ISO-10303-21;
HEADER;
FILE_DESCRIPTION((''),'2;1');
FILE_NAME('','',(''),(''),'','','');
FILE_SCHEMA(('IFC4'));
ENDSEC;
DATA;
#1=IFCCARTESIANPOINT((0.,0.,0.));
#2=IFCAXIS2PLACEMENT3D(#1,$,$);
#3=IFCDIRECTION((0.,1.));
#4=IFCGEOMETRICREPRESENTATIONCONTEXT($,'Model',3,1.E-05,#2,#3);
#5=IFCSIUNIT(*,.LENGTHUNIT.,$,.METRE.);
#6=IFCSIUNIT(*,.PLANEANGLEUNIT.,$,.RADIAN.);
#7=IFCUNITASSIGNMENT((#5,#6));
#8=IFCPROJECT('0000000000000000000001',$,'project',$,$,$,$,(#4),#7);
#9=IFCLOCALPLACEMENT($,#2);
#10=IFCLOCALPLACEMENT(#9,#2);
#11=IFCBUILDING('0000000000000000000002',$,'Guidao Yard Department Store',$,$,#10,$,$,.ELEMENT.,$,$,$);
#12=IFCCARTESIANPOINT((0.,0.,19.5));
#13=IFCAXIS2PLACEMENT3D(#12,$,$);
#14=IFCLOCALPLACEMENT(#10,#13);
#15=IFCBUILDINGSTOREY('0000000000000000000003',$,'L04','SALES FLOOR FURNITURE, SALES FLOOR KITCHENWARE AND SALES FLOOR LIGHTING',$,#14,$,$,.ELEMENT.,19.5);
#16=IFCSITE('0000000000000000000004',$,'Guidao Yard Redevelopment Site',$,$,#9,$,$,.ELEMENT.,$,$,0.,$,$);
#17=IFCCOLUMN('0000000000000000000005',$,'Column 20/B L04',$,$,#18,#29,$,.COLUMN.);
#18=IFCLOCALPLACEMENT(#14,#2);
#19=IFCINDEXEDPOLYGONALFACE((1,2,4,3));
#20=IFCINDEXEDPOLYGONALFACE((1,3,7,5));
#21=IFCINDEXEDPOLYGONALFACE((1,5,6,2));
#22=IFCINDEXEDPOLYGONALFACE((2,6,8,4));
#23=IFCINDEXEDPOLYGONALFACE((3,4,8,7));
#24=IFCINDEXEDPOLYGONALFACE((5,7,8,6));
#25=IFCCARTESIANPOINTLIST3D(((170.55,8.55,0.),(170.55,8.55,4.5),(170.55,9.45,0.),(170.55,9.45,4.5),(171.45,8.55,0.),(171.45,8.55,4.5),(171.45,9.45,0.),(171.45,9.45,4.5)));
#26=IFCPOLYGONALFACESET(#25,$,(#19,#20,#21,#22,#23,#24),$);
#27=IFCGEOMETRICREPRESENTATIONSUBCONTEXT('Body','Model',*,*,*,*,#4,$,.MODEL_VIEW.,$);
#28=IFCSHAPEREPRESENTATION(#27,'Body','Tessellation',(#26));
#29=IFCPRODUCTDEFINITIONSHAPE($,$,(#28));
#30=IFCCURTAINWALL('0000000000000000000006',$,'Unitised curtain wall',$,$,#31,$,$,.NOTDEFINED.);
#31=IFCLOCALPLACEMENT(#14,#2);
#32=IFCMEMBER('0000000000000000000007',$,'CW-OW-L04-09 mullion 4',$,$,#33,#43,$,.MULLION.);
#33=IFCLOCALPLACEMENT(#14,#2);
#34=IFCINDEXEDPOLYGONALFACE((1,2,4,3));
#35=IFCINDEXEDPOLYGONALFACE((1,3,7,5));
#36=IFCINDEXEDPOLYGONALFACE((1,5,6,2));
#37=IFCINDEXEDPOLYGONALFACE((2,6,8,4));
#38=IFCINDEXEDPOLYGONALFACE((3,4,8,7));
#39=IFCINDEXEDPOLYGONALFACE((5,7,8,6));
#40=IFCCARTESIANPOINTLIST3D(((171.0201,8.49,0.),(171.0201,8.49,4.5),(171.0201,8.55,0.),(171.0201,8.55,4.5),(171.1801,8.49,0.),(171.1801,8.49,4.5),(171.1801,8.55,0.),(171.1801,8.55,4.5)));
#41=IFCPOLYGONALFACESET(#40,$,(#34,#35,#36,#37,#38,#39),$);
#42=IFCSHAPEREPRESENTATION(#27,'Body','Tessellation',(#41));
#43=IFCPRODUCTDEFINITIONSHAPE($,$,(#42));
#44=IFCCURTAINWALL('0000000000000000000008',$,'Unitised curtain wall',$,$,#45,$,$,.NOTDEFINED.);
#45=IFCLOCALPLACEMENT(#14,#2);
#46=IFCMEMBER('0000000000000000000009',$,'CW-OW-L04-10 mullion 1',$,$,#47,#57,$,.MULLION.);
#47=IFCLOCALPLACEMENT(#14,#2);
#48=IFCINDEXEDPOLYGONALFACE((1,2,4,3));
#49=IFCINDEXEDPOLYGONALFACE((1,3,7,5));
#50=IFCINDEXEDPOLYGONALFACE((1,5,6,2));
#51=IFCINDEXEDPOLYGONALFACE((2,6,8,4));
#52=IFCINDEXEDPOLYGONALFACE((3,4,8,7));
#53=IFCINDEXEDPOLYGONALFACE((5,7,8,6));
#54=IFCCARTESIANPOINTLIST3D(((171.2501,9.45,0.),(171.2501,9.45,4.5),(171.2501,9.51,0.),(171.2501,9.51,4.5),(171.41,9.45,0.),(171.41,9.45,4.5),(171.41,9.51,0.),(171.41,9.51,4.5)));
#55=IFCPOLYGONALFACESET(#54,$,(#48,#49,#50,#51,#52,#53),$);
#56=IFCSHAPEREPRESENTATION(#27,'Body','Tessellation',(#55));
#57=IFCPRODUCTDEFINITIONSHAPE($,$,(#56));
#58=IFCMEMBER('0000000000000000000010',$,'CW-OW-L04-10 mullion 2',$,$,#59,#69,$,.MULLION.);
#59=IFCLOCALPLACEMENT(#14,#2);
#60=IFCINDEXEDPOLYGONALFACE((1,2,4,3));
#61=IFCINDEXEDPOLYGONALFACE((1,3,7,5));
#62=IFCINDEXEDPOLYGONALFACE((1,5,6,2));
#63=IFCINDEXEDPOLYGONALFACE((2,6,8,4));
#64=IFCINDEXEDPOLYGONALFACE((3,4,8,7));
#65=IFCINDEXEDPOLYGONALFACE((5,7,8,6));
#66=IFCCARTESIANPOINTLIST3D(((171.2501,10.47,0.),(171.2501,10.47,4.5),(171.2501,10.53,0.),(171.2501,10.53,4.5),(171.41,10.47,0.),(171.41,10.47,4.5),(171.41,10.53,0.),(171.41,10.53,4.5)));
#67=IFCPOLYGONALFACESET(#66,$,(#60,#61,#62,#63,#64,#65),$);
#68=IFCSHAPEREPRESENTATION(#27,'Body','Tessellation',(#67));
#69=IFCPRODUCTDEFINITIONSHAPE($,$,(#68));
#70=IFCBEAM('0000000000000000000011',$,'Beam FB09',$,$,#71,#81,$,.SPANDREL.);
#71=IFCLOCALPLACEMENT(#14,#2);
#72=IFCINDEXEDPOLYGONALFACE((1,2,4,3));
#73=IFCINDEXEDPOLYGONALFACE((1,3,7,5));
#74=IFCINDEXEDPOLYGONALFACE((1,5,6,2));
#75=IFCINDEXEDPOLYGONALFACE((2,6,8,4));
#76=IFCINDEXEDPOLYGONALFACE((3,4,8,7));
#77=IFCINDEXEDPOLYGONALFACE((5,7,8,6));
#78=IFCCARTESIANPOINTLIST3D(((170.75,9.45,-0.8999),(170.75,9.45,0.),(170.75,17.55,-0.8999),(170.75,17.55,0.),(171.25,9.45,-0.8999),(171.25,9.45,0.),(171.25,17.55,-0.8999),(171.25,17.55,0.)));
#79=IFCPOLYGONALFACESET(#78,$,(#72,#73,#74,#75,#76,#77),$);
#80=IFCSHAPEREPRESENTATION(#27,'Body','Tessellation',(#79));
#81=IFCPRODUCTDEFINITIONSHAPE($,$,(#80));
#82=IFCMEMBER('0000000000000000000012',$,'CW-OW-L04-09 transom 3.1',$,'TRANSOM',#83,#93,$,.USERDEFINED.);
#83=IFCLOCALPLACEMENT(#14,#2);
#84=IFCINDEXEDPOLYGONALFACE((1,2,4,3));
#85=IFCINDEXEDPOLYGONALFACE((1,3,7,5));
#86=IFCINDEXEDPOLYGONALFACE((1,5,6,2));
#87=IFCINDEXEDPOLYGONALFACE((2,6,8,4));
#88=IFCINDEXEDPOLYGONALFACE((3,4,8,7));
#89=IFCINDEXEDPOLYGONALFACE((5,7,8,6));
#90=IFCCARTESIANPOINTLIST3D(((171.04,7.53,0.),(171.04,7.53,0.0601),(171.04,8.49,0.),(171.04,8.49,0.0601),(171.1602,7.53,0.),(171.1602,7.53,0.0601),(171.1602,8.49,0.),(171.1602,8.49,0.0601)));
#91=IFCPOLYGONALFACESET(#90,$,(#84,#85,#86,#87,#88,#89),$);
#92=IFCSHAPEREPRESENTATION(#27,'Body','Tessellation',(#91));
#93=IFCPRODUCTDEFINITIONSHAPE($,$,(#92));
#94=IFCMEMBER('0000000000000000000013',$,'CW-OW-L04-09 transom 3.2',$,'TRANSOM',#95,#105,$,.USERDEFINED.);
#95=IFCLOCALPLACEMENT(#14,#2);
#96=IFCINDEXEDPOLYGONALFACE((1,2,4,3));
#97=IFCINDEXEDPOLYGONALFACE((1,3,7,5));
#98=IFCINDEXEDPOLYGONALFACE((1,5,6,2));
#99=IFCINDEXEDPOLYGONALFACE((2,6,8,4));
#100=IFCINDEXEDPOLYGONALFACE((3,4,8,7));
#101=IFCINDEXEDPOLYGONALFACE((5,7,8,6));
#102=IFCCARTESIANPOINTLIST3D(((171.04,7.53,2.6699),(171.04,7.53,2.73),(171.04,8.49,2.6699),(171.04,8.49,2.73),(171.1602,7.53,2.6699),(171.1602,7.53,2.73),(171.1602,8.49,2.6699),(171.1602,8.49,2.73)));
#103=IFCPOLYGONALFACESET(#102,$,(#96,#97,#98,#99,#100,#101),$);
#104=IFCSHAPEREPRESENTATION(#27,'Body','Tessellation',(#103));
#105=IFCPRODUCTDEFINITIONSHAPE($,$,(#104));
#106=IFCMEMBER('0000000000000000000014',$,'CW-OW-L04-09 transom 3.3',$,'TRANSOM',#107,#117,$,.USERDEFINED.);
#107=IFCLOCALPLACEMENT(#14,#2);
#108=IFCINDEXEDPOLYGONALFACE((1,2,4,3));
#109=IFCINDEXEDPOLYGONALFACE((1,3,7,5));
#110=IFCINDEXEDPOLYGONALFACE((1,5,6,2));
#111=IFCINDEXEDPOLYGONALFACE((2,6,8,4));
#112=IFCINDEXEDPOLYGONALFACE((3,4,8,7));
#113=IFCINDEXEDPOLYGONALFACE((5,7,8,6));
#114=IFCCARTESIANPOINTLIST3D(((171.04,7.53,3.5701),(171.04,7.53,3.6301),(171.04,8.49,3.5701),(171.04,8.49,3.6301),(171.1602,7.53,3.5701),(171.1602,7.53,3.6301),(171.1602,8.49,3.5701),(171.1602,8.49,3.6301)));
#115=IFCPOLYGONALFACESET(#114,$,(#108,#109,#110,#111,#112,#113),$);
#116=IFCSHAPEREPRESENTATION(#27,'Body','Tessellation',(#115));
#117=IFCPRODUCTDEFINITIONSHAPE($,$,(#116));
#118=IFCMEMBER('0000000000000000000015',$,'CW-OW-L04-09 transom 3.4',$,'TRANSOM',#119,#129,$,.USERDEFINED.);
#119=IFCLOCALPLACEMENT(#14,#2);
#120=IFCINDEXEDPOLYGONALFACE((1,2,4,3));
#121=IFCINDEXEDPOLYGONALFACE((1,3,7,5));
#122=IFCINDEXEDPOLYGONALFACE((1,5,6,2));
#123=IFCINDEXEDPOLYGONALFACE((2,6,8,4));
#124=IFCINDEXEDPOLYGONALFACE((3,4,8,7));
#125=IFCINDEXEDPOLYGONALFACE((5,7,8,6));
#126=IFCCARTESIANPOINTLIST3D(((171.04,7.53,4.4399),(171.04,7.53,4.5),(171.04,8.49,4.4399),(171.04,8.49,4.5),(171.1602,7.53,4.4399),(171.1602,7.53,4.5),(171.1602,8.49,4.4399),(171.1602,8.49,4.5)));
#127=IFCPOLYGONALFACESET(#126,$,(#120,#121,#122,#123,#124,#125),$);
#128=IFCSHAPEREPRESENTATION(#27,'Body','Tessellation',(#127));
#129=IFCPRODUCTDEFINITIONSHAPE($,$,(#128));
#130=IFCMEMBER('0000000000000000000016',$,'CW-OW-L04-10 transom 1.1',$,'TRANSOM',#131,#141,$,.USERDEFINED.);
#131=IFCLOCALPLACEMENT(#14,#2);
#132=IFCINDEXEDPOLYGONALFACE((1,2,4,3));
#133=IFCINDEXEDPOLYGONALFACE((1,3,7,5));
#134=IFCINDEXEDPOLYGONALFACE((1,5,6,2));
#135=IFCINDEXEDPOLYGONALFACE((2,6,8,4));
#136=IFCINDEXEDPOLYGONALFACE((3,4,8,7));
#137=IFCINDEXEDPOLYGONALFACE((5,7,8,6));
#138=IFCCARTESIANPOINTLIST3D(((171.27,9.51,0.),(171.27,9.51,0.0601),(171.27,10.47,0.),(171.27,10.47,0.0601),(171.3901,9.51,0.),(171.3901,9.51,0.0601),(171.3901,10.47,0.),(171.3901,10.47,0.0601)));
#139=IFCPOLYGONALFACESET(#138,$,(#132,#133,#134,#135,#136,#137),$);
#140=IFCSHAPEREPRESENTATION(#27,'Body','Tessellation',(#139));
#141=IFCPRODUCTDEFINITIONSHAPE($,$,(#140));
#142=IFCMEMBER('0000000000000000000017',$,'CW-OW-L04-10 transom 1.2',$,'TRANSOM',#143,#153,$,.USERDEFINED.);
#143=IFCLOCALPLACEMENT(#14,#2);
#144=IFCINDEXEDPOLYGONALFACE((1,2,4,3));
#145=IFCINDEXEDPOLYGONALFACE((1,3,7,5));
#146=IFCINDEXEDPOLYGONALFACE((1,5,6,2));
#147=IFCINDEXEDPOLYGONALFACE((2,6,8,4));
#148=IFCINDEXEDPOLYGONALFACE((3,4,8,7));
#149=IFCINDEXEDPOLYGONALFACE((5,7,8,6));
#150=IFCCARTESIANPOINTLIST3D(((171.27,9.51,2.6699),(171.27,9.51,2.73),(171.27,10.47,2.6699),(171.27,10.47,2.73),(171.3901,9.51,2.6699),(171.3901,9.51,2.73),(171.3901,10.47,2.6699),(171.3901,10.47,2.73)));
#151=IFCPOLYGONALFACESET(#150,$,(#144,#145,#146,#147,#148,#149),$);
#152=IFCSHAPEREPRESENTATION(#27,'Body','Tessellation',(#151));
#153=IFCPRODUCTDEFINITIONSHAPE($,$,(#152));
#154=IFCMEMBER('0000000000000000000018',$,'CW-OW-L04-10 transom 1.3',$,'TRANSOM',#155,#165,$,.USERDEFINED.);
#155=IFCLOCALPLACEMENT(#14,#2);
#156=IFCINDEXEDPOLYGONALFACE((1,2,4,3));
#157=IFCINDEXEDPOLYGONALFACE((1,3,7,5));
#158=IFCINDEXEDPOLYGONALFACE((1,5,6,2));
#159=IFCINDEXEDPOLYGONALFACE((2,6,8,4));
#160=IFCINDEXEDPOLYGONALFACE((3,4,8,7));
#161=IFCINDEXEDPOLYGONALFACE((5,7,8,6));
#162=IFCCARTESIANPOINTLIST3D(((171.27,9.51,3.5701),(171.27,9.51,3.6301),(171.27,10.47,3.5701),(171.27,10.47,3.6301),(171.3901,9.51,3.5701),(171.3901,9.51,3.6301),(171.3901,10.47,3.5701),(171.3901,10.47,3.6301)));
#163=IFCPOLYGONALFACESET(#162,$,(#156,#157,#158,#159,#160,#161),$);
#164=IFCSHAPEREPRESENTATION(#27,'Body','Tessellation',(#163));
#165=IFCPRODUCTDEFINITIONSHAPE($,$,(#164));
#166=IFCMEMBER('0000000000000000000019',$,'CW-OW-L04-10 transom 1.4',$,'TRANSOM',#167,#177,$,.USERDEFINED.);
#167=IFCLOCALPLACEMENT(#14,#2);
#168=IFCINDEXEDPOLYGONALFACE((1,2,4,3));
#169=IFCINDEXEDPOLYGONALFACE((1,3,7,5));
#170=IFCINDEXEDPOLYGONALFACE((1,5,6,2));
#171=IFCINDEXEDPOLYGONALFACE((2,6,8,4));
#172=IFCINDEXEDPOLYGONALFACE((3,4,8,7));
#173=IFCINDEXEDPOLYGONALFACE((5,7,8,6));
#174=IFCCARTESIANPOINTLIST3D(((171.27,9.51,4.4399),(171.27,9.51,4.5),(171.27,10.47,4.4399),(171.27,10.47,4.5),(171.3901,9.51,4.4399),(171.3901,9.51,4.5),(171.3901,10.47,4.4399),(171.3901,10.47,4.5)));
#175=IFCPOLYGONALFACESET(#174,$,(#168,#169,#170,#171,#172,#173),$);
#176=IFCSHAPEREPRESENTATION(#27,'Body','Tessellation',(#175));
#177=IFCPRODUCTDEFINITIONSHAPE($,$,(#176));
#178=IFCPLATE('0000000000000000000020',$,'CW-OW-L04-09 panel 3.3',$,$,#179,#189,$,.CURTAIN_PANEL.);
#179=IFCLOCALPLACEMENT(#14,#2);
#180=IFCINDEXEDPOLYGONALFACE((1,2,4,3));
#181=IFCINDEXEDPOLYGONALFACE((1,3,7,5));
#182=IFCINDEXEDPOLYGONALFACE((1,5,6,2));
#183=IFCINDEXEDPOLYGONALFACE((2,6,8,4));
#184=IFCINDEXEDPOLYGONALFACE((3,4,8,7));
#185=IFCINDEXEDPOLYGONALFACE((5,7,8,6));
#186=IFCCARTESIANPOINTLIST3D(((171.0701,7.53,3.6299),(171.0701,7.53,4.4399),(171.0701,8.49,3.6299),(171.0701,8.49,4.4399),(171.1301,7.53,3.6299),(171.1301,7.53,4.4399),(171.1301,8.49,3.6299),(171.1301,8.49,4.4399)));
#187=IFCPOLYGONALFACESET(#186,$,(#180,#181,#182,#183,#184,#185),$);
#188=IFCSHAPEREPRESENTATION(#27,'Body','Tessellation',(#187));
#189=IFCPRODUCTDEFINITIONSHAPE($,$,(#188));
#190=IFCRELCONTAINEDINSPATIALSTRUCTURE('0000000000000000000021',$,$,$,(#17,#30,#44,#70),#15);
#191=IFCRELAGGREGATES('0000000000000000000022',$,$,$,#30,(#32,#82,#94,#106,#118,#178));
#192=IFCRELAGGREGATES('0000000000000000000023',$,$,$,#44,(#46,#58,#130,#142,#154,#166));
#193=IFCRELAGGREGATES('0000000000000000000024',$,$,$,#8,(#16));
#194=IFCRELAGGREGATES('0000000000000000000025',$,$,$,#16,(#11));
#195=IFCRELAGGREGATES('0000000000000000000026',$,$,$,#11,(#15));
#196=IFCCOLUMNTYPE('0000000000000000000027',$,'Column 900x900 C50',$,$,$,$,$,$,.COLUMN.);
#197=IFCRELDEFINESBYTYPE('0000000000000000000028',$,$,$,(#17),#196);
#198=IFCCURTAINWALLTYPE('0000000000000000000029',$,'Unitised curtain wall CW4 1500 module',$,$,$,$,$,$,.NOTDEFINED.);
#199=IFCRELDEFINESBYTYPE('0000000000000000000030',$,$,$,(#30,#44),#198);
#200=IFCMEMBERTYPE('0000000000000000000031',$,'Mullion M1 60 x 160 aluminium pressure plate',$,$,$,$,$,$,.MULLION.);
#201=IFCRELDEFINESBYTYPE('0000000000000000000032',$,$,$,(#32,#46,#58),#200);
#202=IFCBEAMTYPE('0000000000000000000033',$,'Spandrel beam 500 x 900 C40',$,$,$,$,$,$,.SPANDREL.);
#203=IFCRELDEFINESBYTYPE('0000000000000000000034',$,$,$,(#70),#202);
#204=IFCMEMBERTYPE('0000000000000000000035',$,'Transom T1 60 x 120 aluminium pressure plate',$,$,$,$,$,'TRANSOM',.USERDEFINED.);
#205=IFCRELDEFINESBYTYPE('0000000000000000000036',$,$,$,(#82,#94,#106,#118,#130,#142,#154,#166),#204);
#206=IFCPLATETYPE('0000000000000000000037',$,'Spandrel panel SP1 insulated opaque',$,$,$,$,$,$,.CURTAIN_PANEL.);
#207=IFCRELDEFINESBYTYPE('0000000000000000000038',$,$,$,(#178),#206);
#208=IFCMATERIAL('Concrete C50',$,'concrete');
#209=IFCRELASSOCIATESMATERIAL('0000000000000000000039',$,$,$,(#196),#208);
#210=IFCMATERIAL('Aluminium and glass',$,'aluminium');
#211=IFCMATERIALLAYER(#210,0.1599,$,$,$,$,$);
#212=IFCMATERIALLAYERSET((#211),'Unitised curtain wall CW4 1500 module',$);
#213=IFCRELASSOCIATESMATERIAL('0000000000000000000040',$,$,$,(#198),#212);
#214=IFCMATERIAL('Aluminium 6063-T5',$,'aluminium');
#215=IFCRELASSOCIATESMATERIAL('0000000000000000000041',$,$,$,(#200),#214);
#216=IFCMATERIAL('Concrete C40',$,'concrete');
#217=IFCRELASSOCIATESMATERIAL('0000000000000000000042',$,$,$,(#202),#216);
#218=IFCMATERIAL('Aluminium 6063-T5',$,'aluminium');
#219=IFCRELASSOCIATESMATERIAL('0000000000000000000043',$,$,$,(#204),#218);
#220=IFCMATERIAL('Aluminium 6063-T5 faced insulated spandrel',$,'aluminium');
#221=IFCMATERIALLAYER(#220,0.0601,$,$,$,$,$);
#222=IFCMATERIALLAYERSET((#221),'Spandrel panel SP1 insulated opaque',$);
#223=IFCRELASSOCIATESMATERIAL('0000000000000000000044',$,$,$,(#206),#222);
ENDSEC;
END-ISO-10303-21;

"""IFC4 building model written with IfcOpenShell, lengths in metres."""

from ifc_helpers import new_model, si_unit, direction, frame, origin, origin_2d, place, context, subcontext, project, spatial, rectangle, extrude, material, layer, layer_set, material_profile, profile_set, type_object, element, aggregate, save


model = new_model("IFC4")

# Units and contexts
model_context = context("Model", 3, precision=1e-05, world=origin(), true_north=direction((0.0, 1.0)))
body_context = subcontext(model_context, "Body", "Model", "MODEL_VIEW")
ifc_project = project(units=[si_unit("LENGTHUNIT", "METRE"), si_unit("PLANEANGLEUNIT", "RADIAN")], contexts=[model_context])

# Site, building, storey
site_placement = place(None, origin())
site = spatial("IfcSite", under=ifc_project, at=site_placement, Name="Guidao Yard Redevelopment Site", CompositionType="ELEMENT", RefElevation=0.0)
building_placement = place(site_placement, origin())
building = spatial("IfcBuilding", under=site, at=building_placement, Name="Guidao Yard Department Store", CompositionType="ELEMENT")
storey_placement = place(building_placement, frame((0.0, 0.0, 19.5)))
storey = spatial("IfcBuildingStorey", under=building, at=storey_placement, Name="L04", Description="SALES FLOOR FURNITURE, SALES FLOOR KITCHENWARE AND SALES FLOOR LIGHTING", CompositionType="ELEMENT", Elevation=19.5)

# Column
ifc_material_1 = material(Name="Concrete C50", Category="concrete")
ifc_material_profile_1 = material_profile(ifc_material_1, rectangle(XDim=0.8999, YDim=0.8999, at=origin_2d()), Name="COL 900x900")
ifc_profile_set_1 = profile_set([ifc_material_profile_1], Name="Concrete C50")
column_type = type_object("IfcColumnType", Name="Column 900x900 C50", PredefinedType="COLUMN", material=ifc_profile_set_1)
column_placement = place(storey_placement, frame((171.0, 9.0, 0.0), z_axis=(0.0, 0.0, 1.0), x_axis=(1.0, 0.0, 0.0)))
element("IfcColumn", 1, at=column_placement, inside=storey, type_object=column_type, Name="Column 20/B L04", PredefinedType="COLUMN", context=body_context, shape_type="SweptSolid", body=[
    extrude(rectangle(XDim=0.8999, YDim=0.8999, at=origin_2d()), origin(), (0.0, 0.0, 1.0), 4.5),
])

# Curtain wall, member
ifc_material_2 = material(Name="Aluminium and glass", Category="aluminium")
ifc_layer_1 = layer(ifc_material_2, 0.1599)
ifc_layer_set_1 = layer_set([ifc_layer_1], Name="Unitised curtain wall CW4 1500 module")
curtain_wall_type = type_object("IfcCurtainWallType", Name="Unitised curtain wall CW4 1500 module", PredefinedType="NOTDEFINED", material=ifc_layer_set_1)
curtain_wall_1_placement = place(storey_placement, origin())
curtain_wall_1 = element("IfcCurtainWall", 2, at=curtain_wall_1_placement, inside=storey, type_object=curtain_wall_type, Name="Unitised curtain wall", PredefinedType="NOTDEFINED")
ifc_material_3 = material(Name="Aluminium 6063-T5", Category="aluminium")
ifc_material_profile_2 = material_profile(ifc_material_3, rectangle(XDim=0.0601, YDim=0.1599, at=origin_2d()), Name="Mullion M1 60 x 160 aluminium pressure plate")
ifc_profile_set_2 = profile_set([ifc_material_profile_2], Name="Aluminium 6063-T5")
member_type_1 = type_object("IfcMemberType", Name="Mullion M1 60 x 160 aluminium pressure plate", PredefinedType="MULLION", material=ifc_profile_set_2)
member_1_placement = place(storey_placement, frame((171.1001, 8.52, 0.0), z_axis=(0.0, 0.0, 1.0), x_axis=(0.0, -1.0, 0.0)))
member_1 = element("IfcMember", 3, at=member_1_placement, type_object=member_type_1, Name="CW-OW-L04-09 mullion 4", PredefinedType="MULLION", context=body_context, shape_type="SweptSolid", body=[
    extrude(rectangle(XDim=0.0601, YDim=0.1599, at=origin_2d()), origin(), (0.0, 0.0, 1.0), 4.5),
])

# Curtain wall, members
curtain_wall_2_placement = place(storey_placement, origin())
curtain_wall_2 = element("IfcCurtainWall", 4, at=curtain_wall_2_placement, inside=storey, type_object=curtain_wall_type, Name="Unitised curtain wall", PredefinedType="NOTDEFINED")
member_2_placement = place(storey_placement, frame((171.3301, 9.48, 0.0), z_axis=(0.0, 0.0, 1.0), x_axis=(0.0, -1.0, 0.0)))
member_2 = element("IfcMember", 5, at=member_2_placement, type_object=member_type_1, Name="CW-OW-L04-10 mullion 1", PredefinedType="MULLION", context=body_context, shape_type="SweptSolid", body=[
    extrude(rectangle(XDim=0.0601, YDim=0.1599, at=origin_2d()), origin(), (0.0, 0.0, 1.0), 4.5),
])
member_3_placement = place(storey_placement, frame((171.3301, 10.5, 0.0), z_axis=(0.0, 0.0, 1.0), x_axis=(0.0, -1.0, 0.0)))
member_3 = element("IfcMember", 6, at=member_3_placement, type_object=member_type_1, Name="CW-OW-L04-10 mullion 2", PredefinedType="MULLION", context=body_context, shape_type="SweptSolid", body=[
    extrude(rectangle(XDim=0.0601, YDim=0.1599, at=origin_2d()), origin(), (0.0, 0.0, 1.0), 4.5),
])

# Beam
ifc_material_4 = material(Name="Concrete C40", Category="concrete")
ifc_material_profile_3 = material_profile(ifc_material_4, rectangle(XDim=0.5, YDim=0.8999, at=origin_2d()), Name="Spandrel beam 500 x 900 C40")
ifc_profile_set_3 = profile_set([ifc_material_profile_3], Name="Concrete C40")
beam_type = type_object("IfcBeamType", Name="Spandrel beam 500 x 900 C40", PredefinedType="SPANDREL", material=ifc_profile_set_3)
beam_placement = place(storey_placement, frame((171.0, 9.45, -0.45), z_axis=(0.0, 1.0, 0.0), x_axis=(-1.0, 0.0, 0.0)))
element("IfcBeam", 7, at=beam_placement, inside=storey, type_object=beam_type, Name="Beam FB09", PredefinedType="SPANDREL", context=body_context, shape_type="SweptSolid", body=[
    extrude(rectangle(XDim=0.5, YDim=0.8999, at=origin_2d()), origin(), (0.0, 0.0, 1.0), 8.1001),
])

# Members
ifc_material_5 = material(Name="Aluminium 6063-T5", Category="aluminium")
ifc_material_profile_4 = material_profile(ifc_material_5, rectangle(XDim=0.1201, YDim=0.0601, at=origin_2d()), Name="Transom T1 60 x 120 aluminium pressure plate")
ifc_profile_set_4 = profile_set([ifc_material_profile_4], Name="Aluminium 6063-T5")
member_type_2 = type_object("IfcMemberType", Name="Transom T1 60 x 120 aluminium pressure plate", ElementType="TRANSOM", PredefinedType="USERDEFINED", material=ifc_profile_set_4)
member_4_placement = place(storey_placement, frame((171.1001, 8.49, 0.03), z_axis=(0.0, -1.0, 0.0), x_axis=(1.0, 0.0, 0.0)))
member_4 = element("IfcMember", 8, at=member_4_placement, type_object=member_type_2, Name="CW-OW-L04-09 transom 3.1", ObjectType="TRANSOM", PredefinedType="USERDEFINED", context=body_context, shape_type="SweptSolid", body=[
    extrude(rectangle(XDim=0.1201, YDim=0.0601, at=origin_2d()), origin(), (0.0, 0.0, 1.0), 0.96),
])
member_5_placement = place(storey_placement, frame((171.1001, 8.49, 2.7), z_axis=(0.0, -1.0, 0.0), x_axis=(1.0, 0.0, 0.0)))
member_5 = element("IfcMember", 9, at=member_5_placement, type_object=member_type_2, Name="CW-OW-L04-09 transom 3.2", ObjectType="TRANSOM", PredefinedType="USERDEFINED", context=body_context, shape_type="SweptSolid", body=[
    extrude(rectangle(XDim=0.1201, YDim=0.0601, at=origin_2d()), origin(), (0.0, 0.0, 1.0), 0.96),
])
member_6_placement = place(storey_placement, frame((171.1001, 8.49, 3.6001), z_axis=(0.0, -1.0, 0.0), x_axis=(1.0, 0.0, 0.0)))
member_6 = element("IfcMember", 10, at=member_6_placement, type_object=member_type_2, Name="CW-OW-L04-09 transom 3.3", ObjectType="TRANSOM", PredefinedType="USERDEFINED", context=body_context, shape_type="SweptSolid", body=[
    extrude(rectangle(XDim=0.1201, YDim=0.0601, at=origin_2d()), origin(), (0.0, 0.0, 1.0), 0.96),
])
member_7_placement = place(storey_placement, frame((171.1001, 8.49, 4.47), z_axis=(0.0, -1.0, 0.0), x_axis=(1.0, 0.0, 0.0)))
member_7 = element("IfcMember", 11, at=member_7_placement, type_object=member_type_2, Name="CW-OW-L04-09 transom 3.4", ObjectType="TRANSOM", PredefinedType="USERDEFINED", context=body_context, shape_type="SweptSolid", body=[
    extrude(rectangle(XDim=0.1201, YDim=0.0601, at=origin_2d()), origin(), (0.0, 0.0, 1.0), 0.96),
])
member_8_placement = place(storey_placement, frame((171.3301, 10.47, 0.03), z_axis=(0.0, -1.0, 0.0), x_axis=(1.0, 0.0, 0.0)))
member_8 = element("IfcMember", 12, at=member_8_placement, type_object=member_type_2, Name="CW-OW-L04-10 transom 1.1", ObjectType="TRANSOM", PredefinedType="USERDEFINED", context=body_context, shape_type="SweptSolid", body=[
    extrude(rectangle(XDim=0.1201, YDim=0.0601, at=origin_2d()), origin(), (0.0, 0.0, 1.0), 0.96),
])
member_9_placement = place(storey_placement, frame((171.3301, 10.47, 2.7), z_axis=(0.0, -1.0, 0.0), x_axis=(1.0, 0.0, 0.0)))
member_9 = element("IfcMember", 13, at=member_9_placement, type_object=member_type_2, Name="CW-OW-L04-10 transom 1.2", ObjectType="TRANSOM", PredefinedType="USERDEFINED", context=body_context, shape_type="SweptSolid", body=[
    extrude(rectangle(XDim=0.1201, YDim=0.0601, at=origin_2d()), origin(), (0.0, 0.0, 1.0), 0.96),
])
member_10_placement = place(storey_placement, frame((171.3301, 10.47, 3.6001), z_axis=(0.0, -1.0, 0.0), x_axis=(1.0, 0.0, 0.0)))
member_10 = element("IfcMember", 14, at=member_10_placement, type_object=member_type_2, Name="CW-OW-L04-10 transom 1.3", ObjectType="TRANSOM", PredefinedType="USERDEFINED", context=body_context, shape_type="SweptSolid", body=[
    extrude(rectangle(XDim=0.1201, YDim=0.0601, at=origin_2d()), origin(), (0.0, 0.0, 1.0), 0.96),
])
member_11_placement = place(storey_placement, frame((171.3301, 10.47, 4.47), z_axis=(0.0, -1.0, 0.0), x_axis=(1.0, 0.0, 0.0)))
member_11 = element("IfcMember", 15, at=member_11_placement, type_object=member_type_2, Name="CW-OW-L04-10 transom 1.4", ObjectType="TRANSOM", PredefinedType="USERDEFINED", context=body_context, shape_type="SweptSolid", body=[
    extrude(rectangle(XDim=0.1201, YDim=0.0601, at=origin_2d()), origin(), (0.0, 0.0, 1.0), 0.96),
])

# Plate
ifc_material_6 = material(Name="Aluminium 6063-T5 faced insulated spandrel", Category="aluminium")
ifc_layer_2 = layer(ifc_material_6, 0.0601)
ifc_layer_set_2 = layer_set([ifc_layer_2], Name="Spandrel panel SP1 insulated opaque")
plate_type_1 = type_object("IfcPlateType", Name="Spandrel panel SP1 insulated opaque", PredefinedType="CURTAIN_PANEL", material=ifc_layer_set_2)
plate_1_placement = place(storey_placement, frame((171.1001, 8.01, 3.6299), z_axis=(0.0, 0.0, 1.0), x_axis=(0.0, -1.0, 0.0)))
plate_1 = element("IfcPlate", 16, at=plate_1_placement, type_object=plate_type_1, Name="CW-OW-L04-09 panel 3.3", PredefinedType="CURTAIN_PANEL", context=body_context, shape_type="SweptSolid", body=[
    extrude(rectangle(XDim=0.96, YDim=0.0601, at=origin_2d()), origin(), (0.0, 0.0, 1.0), 0.8101),
])
aggregate(curtain_wall_1, [member_1, member_4, member_5, member_6, member_7, plate_1])
aggregate(curtain_wall_2, [member_2, member_3, member_8, member_9, member_10, member_11])

save(model, "model.ifc")
